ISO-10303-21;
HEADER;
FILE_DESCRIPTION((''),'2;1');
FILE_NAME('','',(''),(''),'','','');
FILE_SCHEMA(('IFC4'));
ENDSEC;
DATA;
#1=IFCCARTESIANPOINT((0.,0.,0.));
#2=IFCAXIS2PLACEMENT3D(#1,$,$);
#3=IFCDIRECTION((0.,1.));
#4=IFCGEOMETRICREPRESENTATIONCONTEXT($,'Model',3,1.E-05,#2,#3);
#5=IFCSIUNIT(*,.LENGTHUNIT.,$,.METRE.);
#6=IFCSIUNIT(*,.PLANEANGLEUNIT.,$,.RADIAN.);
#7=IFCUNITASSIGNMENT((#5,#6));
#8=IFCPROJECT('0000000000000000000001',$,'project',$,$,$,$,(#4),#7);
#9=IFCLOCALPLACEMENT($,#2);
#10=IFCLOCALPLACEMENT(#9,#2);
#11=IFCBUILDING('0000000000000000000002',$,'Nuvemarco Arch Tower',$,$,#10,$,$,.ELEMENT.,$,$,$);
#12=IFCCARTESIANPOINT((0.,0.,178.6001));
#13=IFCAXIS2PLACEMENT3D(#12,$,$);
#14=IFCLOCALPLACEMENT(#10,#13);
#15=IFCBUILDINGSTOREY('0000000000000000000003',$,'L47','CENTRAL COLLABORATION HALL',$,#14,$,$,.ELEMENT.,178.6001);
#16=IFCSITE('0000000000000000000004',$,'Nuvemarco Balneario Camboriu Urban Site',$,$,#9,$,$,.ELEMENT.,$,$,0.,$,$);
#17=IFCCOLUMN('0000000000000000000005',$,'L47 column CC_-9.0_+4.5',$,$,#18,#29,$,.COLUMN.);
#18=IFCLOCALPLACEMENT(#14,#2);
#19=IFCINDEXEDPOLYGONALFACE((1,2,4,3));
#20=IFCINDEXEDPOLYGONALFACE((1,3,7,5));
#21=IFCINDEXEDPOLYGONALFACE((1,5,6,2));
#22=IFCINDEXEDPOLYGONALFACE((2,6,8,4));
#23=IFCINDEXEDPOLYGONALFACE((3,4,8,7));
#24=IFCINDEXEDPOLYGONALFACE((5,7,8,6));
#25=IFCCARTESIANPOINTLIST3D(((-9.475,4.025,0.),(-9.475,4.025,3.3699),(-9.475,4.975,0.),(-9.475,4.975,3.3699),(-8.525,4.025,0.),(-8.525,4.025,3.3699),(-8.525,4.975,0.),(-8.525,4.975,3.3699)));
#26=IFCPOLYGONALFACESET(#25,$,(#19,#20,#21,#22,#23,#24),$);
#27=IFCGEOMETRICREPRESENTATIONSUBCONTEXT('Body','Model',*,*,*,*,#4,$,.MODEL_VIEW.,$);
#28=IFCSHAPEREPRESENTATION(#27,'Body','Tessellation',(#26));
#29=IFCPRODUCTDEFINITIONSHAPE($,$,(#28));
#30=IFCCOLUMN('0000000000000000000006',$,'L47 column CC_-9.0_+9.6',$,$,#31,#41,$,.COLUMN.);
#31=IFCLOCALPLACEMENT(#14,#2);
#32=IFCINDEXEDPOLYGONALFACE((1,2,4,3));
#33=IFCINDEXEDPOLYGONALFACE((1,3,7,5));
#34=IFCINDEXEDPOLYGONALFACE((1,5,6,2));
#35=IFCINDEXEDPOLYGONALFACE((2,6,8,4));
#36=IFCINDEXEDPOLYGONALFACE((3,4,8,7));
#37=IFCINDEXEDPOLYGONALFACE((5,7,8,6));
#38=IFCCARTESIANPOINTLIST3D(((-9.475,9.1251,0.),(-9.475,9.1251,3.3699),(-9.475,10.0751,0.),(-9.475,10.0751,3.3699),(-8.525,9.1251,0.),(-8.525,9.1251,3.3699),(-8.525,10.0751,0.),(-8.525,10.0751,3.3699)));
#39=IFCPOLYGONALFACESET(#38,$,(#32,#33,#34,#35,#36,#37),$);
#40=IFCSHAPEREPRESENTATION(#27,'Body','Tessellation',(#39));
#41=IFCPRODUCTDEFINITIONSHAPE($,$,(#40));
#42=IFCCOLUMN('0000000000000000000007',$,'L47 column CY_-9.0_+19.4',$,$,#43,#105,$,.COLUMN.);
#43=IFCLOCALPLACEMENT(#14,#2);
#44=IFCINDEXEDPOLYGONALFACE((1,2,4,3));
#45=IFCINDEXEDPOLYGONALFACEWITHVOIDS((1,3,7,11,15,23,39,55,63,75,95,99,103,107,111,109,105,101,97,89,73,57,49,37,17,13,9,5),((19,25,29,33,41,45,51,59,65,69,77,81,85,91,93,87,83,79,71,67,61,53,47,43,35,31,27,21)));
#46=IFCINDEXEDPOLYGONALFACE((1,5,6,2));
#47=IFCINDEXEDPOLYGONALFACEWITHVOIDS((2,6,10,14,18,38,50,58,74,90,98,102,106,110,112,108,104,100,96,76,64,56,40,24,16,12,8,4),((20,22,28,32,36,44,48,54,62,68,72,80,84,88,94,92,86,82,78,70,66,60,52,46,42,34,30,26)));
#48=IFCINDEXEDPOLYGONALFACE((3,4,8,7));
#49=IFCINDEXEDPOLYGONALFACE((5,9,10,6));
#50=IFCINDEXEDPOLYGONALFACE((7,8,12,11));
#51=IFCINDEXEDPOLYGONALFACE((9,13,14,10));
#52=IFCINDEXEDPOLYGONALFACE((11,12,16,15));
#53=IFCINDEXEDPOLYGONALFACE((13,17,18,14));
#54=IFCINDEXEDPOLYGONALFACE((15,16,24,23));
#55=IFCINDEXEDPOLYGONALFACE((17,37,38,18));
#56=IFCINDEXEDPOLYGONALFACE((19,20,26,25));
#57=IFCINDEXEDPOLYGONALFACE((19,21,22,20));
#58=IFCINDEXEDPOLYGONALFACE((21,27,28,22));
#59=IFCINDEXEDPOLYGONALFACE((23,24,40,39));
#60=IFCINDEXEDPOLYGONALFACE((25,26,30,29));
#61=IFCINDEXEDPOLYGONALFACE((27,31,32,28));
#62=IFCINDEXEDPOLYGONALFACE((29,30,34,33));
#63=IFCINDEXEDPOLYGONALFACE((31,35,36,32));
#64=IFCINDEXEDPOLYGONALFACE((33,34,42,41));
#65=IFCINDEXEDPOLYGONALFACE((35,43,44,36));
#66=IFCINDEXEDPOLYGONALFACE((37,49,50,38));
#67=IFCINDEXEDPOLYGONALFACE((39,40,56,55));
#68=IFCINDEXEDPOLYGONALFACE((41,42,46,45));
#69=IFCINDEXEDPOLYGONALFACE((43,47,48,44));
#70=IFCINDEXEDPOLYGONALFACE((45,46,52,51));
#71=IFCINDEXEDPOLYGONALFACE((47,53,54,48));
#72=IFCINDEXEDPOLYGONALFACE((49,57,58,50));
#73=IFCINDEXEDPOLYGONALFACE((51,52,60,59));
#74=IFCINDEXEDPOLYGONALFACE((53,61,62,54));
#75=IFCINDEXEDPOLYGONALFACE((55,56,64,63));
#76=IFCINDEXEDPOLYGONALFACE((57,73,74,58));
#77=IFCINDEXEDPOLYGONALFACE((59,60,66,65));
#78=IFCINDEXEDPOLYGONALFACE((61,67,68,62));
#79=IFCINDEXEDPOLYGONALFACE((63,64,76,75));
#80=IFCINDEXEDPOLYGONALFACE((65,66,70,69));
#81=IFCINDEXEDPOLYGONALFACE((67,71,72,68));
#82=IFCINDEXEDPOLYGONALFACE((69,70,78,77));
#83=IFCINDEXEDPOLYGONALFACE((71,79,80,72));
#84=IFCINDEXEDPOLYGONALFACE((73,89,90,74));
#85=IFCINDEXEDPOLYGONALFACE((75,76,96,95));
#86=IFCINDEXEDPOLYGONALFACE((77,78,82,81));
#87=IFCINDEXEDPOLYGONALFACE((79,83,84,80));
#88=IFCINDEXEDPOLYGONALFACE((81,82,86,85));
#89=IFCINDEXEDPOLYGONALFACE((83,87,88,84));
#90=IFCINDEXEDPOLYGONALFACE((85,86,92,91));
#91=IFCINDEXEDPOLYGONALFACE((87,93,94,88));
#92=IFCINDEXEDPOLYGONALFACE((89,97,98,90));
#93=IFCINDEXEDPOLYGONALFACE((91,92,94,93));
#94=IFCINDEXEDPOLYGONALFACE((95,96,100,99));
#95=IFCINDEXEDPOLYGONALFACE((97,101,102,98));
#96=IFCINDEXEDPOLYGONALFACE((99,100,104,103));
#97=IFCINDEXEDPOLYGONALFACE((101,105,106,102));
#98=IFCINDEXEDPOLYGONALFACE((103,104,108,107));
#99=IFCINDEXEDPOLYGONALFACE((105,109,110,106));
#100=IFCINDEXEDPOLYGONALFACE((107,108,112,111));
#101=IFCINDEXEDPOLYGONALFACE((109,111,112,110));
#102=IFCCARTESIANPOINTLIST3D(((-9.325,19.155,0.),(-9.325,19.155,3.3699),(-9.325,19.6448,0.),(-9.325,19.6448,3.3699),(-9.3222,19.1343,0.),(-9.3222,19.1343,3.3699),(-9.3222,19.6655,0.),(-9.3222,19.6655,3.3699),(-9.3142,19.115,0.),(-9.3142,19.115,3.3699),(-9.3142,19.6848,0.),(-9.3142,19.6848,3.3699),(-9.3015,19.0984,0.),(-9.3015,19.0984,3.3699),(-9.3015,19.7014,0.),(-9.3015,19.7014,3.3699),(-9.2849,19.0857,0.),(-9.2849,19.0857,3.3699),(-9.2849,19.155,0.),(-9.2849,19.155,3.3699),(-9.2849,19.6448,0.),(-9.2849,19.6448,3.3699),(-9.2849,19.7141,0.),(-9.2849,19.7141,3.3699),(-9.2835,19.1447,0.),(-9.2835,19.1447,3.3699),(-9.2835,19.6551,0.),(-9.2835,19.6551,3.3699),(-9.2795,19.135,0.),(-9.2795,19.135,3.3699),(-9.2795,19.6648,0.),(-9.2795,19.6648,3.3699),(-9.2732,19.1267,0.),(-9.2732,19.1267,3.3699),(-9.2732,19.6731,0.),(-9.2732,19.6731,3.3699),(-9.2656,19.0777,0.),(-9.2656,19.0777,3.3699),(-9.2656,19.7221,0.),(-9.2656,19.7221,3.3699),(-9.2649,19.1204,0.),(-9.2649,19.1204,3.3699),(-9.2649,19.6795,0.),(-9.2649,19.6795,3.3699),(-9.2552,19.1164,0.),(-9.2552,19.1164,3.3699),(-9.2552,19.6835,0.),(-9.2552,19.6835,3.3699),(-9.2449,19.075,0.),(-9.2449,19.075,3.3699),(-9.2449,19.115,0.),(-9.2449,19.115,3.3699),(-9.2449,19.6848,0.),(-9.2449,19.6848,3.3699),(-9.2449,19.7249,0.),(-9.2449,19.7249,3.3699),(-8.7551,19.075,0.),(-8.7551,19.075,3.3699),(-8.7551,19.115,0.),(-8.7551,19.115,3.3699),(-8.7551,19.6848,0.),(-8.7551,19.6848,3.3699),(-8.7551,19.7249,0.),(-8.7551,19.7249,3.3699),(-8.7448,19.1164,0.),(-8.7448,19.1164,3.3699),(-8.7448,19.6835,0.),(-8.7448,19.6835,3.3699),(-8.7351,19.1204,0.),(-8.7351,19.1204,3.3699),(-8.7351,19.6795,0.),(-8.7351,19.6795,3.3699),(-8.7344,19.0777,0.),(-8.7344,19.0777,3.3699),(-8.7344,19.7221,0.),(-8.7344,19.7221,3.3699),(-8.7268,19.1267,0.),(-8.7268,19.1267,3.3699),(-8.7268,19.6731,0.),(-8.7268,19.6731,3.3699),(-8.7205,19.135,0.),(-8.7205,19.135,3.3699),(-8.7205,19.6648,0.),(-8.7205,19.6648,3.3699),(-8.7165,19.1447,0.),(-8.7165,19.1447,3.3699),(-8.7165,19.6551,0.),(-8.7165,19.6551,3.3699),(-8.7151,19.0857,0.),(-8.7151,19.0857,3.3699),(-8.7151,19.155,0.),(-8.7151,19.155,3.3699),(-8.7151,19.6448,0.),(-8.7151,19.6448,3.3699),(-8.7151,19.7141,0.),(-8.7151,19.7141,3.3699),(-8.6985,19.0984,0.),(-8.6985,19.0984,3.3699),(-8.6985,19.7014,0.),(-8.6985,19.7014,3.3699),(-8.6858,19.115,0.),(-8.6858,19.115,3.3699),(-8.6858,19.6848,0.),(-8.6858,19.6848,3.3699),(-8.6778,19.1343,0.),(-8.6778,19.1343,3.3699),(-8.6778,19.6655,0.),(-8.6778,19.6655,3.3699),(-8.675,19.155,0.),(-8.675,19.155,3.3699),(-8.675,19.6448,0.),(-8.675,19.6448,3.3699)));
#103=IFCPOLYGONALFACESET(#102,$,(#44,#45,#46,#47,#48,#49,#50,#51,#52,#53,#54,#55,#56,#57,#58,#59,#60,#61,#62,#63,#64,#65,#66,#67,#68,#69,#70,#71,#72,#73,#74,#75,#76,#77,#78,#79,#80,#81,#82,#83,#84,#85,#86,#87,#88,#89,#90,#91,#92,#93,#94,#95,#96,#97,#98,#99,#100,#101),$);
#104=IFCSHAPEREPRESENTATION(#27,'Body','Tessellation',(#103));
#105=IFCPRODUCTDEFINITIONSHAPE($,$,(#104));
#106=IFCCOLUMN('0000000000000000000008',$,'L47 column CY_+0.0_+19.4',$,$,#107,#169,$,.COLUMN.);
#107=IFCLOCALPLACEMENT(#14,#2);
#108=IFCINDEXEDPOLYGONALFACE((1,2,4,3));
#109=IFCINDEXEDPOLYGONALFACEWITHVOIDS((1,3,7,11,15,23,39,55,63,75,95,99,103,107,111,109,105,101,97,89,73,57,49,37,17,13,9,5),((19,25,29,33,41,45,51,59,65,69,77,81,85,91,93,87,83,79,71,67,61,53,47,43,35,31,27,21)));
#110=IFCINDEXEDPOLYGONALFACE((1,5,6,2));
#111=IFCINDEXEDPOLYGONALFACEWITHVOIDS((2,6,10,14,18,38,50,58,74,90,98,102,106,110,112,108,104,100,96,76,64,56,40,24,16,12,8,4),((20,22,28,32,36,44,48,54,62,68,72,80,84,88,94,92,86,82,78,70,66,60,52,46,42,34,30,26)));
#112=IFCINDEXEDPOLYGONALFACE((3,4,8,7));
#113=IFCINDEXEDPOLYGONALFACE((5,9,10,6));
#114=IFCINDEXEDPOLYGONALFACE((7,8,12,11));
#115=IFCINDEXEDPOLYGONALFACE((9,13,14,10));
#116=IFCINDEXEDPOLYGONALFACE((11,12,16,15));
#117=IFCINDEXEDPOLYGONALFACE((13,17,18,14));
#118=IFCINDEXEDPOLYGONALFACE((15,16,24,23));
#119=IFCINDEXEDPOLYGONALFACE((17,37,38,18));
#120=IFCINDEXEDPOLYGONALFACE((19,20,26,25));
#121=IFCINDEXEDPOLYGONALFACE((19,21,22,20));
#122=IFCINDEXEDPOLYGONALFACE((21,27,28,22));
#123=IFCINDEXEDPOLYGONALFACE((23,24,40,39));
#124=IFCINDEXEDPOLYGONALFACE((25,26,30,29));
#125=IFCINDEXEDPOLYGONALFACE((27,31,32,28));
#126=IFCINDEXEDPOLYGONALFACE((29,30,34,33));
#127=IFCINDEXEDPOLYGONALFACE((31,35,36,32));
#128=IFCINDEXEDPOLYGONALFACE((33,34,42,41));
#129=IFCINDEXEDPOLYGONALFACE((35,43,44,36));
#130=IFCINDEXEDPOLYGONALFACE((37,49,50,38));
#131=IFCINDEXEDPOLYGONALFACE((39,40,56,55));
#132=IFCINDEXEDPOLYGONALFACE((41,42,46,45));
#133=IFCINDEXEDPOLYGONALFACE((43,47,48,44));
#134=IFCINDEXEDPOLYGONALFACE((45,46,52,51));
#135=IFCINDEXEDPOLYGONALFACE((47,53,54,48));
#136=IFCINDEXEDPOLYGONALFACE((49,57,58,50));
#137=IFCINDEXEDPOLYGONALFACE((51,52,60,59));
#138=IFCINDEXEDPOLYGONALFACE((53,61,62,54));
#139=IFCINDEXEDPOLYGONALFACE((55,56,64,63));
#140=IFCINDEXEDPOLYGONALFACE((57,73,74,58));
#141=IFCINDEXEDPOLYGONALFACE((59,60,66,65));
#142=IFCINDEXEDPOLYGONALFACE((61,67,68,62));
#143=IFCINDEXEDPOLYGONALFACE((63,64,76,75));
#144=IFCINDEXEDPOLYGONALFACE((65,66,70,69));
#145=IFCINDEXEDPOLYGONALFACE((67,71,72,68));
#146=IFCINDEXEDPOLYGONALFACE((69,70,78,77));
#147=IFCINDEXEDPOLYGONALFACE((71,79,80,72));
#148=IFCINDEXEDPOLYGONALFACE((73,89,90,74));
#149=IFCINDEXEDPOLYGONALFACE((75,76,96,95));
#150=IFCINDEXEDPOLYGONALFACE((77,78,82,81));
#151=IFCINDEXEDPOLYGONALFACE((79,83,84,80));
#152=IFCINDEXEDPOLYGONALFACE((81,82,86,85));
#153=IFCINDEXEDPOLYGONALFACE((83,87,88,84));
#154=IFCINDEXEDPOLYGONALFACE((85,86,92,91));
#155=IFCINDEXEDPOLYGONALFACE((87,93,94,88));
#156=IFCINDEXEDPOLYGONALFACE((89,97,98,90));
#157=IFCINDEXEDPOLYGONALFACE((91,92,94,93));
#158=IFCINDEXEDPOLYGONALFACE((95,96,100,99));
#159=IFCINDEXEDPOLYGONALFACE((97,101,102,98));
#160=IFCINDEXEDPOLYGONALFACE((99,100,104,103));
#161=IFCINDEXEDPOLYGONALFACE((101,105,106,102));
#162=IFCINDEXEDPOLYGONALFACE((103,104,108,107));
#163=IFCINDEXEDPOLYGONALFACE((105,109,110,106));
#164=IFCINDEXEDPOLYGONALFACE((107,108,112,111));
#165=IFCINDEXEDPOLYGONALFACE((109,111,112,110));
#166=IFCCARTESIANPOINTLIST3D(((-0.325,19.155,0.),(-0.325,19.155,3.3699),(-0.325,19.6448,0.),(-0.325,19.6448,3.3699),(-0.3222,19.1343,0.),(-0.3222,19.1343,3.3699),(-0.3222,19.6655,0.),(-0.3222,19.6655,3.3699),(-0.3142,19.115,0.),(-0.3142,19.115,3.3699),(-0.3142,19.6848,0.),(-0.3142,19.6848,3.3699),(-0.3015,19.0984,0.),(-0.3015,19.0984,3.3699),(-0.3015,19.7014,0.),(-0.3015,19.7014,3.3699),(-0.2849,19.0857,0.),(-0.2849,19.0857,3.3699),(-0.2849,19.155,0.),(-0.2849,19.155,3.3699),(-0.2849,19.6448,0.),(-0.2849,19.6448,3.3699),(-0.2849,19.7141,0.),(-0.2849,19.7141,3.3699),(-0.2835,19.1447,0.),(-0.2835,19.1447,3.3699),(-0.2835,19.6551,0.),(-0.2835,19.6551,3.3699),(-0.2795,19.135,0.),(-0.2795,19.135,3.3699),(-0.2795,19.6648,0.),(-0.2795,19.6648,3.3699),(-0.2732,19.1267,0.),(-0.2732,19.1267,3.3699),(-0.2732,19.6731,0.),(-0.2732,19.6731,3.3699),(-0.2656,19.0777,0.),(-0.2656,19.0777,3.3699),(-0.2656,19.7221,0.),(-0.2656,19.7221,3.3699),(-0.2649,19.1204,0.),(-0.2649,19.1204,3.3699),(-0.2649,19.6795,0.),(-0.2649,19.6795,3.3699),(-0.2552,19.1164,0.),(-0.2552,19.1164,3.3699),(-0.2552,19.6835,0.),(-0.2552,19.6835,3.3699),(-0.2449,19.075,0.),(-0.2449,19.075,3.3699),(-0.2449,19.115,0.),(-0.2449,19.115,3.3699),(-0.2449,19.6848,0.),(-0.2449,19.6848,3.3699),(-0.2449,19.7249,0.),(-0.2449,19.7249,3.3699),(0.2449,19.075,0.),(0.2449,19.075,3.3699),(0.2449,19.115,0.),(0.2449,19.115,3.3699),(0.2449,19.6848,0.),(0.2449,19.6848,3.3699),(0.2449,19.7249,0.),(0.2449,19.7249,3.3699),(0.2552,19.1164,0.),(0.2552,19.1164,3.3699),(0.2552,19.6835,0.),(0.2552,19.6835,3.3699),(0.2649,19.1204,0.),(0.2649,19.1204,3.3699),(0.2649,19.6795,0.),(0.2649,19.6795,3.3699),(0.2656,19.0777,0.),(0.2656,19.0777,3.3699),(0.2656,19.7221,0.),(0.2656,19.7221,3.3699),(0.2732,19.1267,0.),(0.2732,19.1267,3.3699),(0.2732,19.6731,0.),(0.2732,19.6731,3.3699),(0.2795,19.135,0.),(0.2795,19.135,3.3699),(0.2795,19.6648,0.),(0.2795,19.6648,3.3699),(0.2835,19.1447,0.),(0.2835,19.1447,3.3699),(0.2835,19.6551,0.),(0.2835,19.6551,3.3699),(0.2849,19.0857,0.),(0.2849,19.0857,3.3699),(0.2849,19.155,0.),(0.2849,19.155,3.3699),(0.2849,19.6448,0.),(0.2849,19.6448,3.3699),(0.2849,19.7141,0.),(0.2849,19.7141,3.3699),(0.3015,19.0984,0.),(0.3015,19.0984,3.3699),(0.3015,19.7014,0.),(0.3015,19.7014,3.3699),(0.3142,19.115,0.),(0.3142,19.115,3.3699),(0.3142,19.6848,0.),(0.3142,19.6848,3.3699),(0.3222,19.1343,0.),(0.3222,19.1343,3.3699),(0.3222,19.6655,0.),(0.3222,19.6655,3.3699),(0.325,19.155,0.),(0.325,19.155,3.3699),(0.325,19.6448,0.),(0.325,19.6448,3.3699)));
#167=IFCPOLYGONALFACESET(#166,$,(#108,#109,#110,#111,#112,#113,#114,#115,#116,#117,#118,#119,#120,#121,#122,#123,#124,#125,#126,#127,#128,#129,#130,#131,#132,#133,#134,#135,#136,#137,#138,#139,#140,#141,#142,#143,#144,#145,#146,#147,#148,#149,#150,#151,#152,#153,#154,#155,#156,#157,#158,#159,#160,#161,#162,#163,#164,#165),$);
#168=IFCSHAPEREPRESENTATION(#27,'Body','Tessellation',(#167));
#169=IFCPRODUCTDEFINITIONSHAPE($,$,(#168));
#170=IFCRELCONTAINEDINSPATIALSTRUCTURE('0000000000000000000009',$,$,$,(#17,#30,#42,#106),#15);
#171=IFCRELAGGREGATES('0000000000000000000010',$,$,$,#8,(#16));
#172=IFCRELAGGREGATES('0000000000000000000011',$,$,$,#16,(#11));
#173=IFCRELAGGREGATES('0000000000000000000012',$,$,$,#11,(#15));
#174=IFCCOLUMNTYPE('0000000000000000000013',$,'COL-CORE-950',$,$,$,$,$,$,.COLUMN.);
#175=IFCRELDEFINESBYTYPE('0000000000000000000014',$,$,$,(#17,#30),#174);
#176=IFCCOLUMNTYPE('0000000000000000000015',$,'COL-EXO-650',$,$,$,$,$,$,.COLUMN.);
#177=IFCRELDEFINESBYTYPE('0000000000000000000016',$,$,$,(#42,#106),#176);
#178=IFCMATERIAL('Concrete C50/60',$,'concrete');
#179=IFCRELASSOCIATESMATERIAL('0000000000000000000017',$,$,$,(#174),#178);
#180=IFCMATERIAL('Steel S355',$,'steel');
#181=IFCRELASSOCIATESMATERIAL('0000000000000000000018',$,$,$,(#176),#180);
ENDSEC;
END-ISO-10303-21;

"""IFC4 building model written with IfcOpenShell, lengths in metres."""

from ifc_helpers import new_model, si_unit, direction, frame, origin, origin_2d, place, context, subcontext, project, spatial, rectangle, hollow_rectangle, extrude, material, material_profile, profile_set, type_object, element, save


model = new_model("IFC4")

# Units and contexts
model_context = context("Model", 3, precision=1e-05, world=origin(), true_north=direction((0.0, 1.0)))
body_context = subcontext(model_context, "Body", "Model", "MODEL_VIEW")
ifc_project = project(units=[si_unit("LENGTHUNIT", "METRE"), si_unit("PLANEANGLEUNIT", "RADIAN")], contexts=[model_context])

# Site, building, storey
site_placement = place(None, origin())
site = spatial("IfcSite", under=ifc_project, at=site_placement, Name="Nuvemarco Balneario Camboriu Urban Site", CompositionType="ELEMENT", RefElevation=0.0)
building_placement = place(site_placement, origin())
building = spatial("IfcBuilding", under=site, at=building_placement, Name="Nuvemarco Arch Tower", CompositionType="ELEMENT")
storey_placement = place(building_placement, frame((0.0, 0.0, 178.6001)))
storey = spatial("IfcBuildingStorey", under=building, at=storey_placement, Name="L47", Description="CENTRAL COLLABORATION HALL", CompositionType="ELEMENT", Elevation=178.6001)

# Columns
ifc_material_1 = material(Name="Concrete C50/60", Category="concrete")
ifc_material_profile_1 = material_profile(ifc_material_1, rectangle(XDim=0.95, YDim=0.95, at=origin_2d()), Name="RC-COL-950x950")
ifc_profile_set_1 = profile_set([ifc_material_profile_1], Name="Concrete C50/60")
column_type_1 = type_object("IfcColumnType", Name="COL-CORE-950", PredefinedType="COLUMN", material=ifc_profile_set_1)
for number, where, z_axis, x_axis, name in (
    (1, (-9.0, 4.5, 0.0), (0.0, 0.0, 1.0), (1.0, 0.0, 0.0), "L47 column CC_-9.0_+4.5"),
    (2, (-9.0, 9.6001, 0.0), (0.0, 0.0, 1.0), (1.0, 0.0, 0.0), "L47 column CC_-9.0_+9.6"),
):
    element("IfcColumn", number, at=place(storey_placement, frame(where, z_axis=z_axis, x_axis=x_axis)), inside=storey, type_object=column_type_1, Name=name, PredefinedType="COLUMN", context=body_context, shape_type="SweptSolid", body=[
        extrude(rectangle(XDim=0.95, YDim=0.95, at=origin_2d()), origin(), (0.0, 0.0, 1.0), 3.3699),
    ])
ifc_material_2 = material(Name="Steel S355", Category="steel")
ifc_material_profile_2 = material_profile(ifc_material_2, hollow_rectangle(XDim=0.6499, YDim=0.6499, WallThickness=0.04, InnerFilletRadius=0.04, OuterFilletRadius=0.0801, at=origin_2d()), Name="SHS650x650x40")
ifc_profile_set_2 = profile_set([ifc_material_profile_2], Name="Steel S355")
column_type_2 = type_object("IfcColumnType", Name="COL-EXO-650", PredefinedType="COLUMN", material=ifc_profile_set_2)
for number, where, z_axis, x_axis, name in (
    (3, (-9.0, 19.3999, 0.0), (0.0, 0.0, 1.0), (1.0, 0.0, 0.0), "L47 column CY_-9.0_+19.4"),
    (4, (0.0, 19.3999, 0.0), (0.0, 0.0, 1.0), (1.0, 0.0, 0.0), "L47 column CY_+0.0_+19.4"),
):
    element("IfcColumn", number, at=place(storey_placement, frame(where, z_axis=z_axis, x_axis=x_axis)), inside=storey, type_object=column_type_2, Name=name, PredefinedType="COLUMN", context=body_context, shape_type="SweptSolid", body=[
        extrude(hollow_rectangle(XDim=0.6499, YDim=0.6499, WallThickness=0.04, InnerFilletRadius=0.04, OuterFilletRadius=0.0801, at=origin_2d()), origin(), (0.0, 0.0, 1.0), 3.3699),
    ])

save(model, "model.ifc")
